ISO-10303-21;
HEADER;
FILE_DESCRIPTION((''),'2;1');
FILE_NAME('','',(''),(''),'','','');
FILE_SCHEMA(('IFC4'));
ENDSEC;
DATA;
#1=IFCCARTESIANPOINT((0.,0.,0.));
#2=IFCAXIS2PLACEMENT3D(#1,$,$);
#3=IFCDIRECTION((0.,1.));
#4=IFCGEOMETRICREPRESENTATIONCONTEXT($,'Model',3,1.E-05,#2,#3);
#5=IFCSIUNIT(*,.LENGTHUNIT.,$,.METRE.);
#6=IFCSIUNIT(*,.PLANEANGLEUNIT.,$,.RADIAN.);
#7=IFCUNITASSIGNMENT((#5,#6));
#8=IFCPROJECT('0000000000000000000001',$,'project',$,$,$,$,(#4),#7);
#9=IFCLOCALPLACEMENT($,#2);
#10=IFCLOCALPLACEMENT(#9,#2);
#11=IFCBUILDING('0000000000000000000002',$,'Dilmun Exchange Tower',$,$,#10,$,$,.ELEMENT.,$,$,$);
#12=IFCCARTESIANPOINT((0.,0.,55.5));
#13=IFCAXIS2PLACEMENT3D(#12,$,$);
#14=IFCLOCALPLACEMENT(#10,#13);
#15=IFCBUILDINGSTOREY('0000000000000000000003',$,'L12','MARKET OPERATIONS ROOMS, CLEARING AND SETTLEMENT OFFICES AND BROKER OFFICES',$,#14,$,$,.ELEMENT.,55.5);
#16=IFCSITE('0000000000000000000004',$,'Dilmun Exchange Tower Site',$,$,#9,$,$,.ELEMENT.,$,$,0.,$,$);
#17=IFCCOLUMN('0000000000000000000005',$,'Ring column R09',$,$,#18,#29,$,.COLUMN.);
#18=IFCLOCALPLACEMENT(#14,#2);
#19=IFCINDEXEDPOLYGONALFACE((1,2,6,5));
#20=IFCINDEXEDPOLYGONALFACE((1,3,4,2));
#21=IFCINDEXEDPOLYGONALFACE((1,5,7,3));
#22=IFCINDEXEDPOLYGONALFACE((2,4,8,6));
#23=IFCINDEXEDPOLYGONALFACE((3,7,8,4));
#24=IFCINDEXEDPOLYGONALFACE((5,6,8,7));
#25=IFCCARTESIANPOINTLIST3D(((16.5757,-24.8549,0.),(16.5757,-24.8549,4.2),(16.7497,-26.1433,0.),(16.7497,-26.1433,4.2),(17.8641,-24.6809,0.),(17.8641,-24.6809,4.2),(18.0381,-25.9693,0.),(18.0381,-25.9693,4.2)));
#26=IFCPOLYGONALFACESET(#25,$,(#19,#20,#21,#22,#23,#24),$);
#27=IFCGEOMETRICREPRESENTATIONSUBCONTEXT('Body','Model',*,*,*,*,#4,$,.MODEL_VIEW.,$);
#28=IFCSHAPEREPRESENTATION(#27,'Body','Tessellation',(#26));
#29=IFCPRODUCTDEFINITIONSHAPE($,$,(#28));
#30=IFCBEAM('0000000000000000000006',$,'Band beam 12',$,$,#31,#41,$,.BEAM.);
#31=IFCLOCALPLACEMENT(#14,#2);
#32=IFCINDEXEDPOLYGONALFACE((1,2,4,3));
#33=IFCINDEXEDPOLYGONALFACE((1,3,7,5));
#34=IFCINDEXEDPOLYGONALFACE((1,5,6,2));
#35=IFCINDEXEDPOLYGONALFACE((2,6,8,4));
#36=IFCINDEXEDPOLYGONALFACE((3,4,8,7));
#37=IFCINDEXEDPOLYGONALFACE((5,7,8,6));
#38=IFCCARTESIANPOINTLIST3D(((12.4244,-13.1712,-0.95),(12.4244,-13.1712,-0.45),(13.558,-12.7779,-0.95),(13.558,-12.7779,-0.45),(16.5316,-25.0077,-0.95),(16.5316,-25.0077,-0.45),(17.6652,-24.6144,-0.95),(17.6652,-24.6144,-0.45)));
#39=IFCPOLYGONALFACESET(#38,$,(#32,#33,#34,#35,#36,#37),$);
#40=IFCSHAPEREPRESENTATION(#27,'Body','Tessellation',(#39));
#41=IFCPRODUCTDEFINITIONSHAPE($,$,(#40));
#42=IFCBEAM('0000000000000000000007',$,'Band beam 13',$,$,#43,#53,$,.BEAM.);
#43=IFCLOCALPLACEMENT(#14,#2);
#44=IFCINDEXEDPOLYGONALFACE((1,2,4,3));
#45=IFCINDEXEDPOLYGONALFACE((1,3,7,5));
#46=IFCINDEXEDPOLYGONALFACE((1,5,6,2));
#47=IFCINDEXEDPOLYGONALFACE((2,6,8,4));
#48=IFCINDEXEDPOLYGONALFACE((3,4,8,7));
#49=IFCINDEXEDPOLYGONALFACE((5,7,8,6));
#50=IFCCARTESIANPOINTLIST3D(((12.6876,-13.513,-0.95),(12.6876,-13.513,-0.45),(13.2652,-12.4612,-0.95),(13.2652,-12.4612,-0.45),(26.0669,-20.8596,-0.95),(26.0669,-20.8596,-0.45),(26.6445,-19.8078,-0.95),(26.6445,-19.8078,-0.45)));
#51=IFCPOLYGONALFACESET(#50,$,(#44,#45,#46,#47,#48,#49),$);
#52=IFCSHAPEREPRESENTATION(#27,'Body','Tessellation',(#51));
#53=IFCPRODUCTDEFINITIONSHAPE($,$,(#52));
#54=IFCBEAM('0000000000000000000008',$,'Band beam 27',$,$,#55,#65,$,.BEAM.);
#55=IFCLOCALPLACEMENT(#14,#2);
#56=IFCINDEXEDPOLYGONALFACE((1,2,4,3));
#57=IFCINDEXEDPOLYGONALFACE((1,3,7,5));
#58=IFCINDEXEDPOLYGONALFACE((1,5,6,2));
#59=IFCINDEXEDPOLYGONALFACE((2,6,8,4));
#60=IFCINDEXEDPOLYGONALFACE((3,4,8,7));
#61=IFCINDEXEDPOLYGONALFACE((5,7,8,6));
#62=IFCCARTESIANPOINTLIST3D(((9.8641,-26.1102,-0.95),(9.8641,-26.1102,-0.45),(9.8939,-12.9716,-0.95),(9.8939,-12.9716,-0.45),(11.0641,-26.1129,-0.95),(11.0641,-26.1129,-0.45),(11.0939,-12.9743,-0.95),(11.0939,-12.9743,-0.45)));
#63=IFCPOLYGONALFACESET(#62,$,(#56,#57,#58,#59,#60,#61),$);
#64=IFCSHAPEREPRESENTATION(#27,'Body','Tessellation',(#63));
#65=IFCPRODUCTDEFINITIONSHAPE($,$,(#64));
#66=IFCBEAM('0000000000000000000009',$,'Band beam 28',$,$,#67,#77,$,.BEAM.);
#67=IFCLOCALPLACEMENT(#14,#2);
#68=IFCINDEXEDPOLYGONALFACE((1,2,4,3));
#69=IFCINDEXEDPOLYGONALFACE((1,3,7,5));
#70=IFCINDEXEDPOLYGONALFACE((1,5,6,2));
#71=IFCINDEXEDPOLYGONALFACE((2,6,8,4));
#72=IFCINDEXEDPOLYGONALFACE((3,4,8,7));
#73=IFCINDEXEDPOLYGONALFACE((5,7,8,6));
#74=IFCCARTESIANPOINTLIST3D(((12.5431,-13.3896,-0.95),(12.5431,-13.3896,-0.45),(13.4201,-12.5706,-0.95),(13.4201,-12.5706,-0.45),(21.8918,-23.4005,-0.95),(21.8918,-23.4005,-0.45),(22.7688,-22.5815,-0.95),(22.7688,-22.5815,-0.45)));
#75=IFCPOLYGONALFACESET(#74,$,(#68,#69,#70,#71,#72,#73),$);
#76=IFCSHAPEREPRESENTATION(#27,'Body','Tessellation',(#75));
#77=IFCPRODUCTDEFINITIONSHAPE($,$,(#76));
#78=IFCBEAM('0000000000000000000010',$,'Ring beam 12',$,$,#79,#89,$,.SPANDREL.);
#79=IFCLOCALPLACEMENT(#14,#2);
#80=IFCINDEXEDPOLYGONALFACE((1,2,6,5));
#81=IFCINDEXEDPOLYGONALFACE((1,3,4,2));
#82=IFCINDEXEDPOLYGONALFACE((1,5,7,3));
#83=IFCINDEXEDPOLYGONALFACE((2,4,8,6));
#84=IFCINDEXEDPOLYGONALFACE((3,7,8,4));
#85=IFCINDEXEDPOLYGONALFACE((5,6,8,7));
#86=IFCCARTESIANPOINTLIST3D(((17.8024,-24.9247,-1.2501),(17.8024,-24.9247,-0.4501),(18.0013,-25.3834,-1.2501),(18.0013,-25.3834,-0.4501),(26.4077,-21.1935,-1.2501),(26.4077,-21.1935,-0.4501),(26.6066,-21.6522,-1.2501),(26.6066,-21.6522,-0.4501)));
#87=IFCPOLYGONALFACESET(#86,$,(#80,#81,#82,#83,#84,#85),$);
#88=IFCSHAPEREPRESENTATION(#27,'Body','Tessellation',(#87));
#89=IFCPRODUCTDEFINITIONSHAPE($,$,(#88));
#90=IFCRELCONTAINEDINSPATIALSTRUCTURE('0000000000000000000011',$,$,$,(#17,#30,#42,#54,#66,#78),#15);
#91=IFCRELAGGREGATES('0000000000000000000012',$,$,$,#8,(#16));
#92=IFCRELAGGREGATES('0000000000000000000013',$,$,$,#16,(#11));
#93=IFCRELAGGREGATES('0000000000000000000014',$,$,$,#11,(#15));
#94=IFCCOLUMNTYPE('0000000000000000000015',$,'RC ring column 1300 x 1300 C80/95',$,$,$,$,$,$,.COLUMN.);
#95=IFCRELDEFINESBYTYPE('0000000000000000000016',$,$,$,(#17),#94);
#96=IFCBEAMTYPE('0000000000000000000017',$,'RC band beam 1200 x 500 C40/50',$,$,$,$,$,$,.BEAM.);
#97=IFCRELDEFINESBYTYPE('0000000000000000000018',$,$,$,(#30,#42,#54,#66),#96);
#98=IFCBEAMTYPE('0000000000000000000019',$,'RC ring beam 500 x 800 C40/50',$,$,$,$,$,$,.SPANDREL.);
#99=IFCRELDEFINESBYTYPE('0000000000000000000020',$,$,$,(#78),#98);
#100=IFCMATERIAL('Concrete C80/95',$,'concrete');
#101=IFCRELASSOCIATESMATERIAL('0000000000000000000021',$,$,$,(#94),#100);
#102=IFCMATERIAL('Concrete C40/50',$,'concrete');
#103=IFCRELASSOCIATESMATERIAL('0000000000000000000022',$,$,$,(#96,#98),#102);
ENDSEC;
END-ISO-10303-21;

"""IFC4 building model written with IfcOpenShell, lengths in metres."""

from ifc_helpers import new_model, si_unit, direction, frame, origin, origin_2d, place, context, subcontext, project, spatial, rectangle, extrude, material, material_profile, profile_set, type_object, element, save


model = new_model("IFC4")

# Units and contexts
model_context = context("Model", 3, precision=1e-05, world=origin(), true_north=direction((0.0, 1.0)))
body_context = subcontext(model_context, "Body", "Model", "MODEL_VIEW")
ifc_project = project(units=[si_unit("LENGTHUNIT", "METRE"), si_unit("PLANEANGLEUNIT", "RADIAN")], contexts=[model_context])

# Site, building, storey
site_placement = place(None, origin())
site = spatial("IfcSite", under=ifc_project, at=site_placement, Name="Dilmun Exchange Tower Site", CompositionType="ELEMENT", RefElevation=0.0)
building_placement = place(site_placement, origin())
building = spatial("IfcBuilding", under=site, at=building_placement, Name="Dilmun Exchange Tower", CompositionType="ELEMENT")
storey_placement = place(building_placement, frame((0.0, 0.0, 55.5)))
storey = spatial("IfcBuildingStorey", under=building, at=storey_placement, Name="L12", Description="MARKET OPERATIONS ROOMS, CLEARING AND SETTLEMENT OFFICES AND BROKER OFFICES", CompositionType="ELEMENT", Elevation=55.5)

# Column
ifc_material_1 = material(Name="Concrete C80/95", Category="concrete")
ifc_material_profile_1 = material_profile(ifc_material_1, rectangle(XDim=1.3, YDim=1.3, at=origin_2d()), Name="1300 x 1300")
ifc_profile_set_1 = profile_set([ifc_material_profile_1], Name="Concrete C80/95")
column_type = type_object("IfcColumnType", Name="RC ring column 1300 x 1300 C80/95", PredefinedType="COLUMN", material=ifc_profile_set_1)
column_placement = place(storey_placement, frame((17.3069, -25.4121, 0.0), z_axis=(0.0, 0.0, 1.0), x_axis=(0.991001, 0.133853, 0.0)))
element("IfcColumn", 1, at=column_placement, inside=storey, type_object=column_type, Name="Ring column R09", PredefinedType="COLUMN", context=body_context, shape_type="SweptSolid", body=[
    extrude(rectangle(XDim=1.3, YDim=1.3, at=origin_2d()), origin(), (0.0, 0.0, 1.0), 4.2),
])

# Beams
ifc_material_2 = material(Name="Concrete C40/50", Category="concrete")
ifc_material_profile_2 = material_profile(ifc_material_2, rectangle(XDim=1.2, YDim=0.5, at=origin_2d()), Name="1200 x 500")
ifc_profile_set_2 = profile_set([ifc_material_profile_2], Name="Concrete C40/50")
beam_type_1 = type_object("IfcBeamType", Name="RC band beam 1200 x 500 C40/50", PredefinedType="BEAM", material=ifc_profile_set_2)
beam_1_placement = place(storey_placement, frame((17.0984, -24.811, -0.7), z_axis=(-0.32782, 0.94474, 0.0), x_axis=(-0.94474, -0.32782, 0.0)))
element("IfcBeam", 2, at=beam_1_placement, inside=storey, type_object=beam_type_1, Name="Band beam 12", PredefinedType="BEAM", context=body_context, shape_type="SweptSolid", body=[
    extrude(rectangle(XDim=1.2, YDim=0.5, at=origin_2d()), origin(), (0.0, 0.0, 1.0), 12.5288),
])
beam_2_placement = place(storey_placement, frame((26.3557, -20.3337, -0.7), z_axis=(-0.876547, 0.481316, 0.0), x_axis=(-0.481316, -0.876547, 0.0)))
element("IfcBeam", 3, at=beam_2_placement, inside=storey, type_object=beam_type_1, Name="Band beam 13", PredefinedType="BEAM", context=body_context, shape_type="SweptSolid", body=[
    extrude(rectangle(XDim=1.2, YDim=0.5, at=origin_2d()), origin(), (0.0, 0.0, 1.0), 15.2637),
])
beam_3_placement = place(storey_placement, frame((10.4641, -26.1116, -0.7), z_axis=(0.002267, 0.999997, 0.0), x_axis=(-0.999997, 0.002267, 0.0)))
element("IfcBeam", 4, at=beam_3_placement, inside=storey, type_object=beam_type_1, Name="Band beam 27", PredefinedType="BEAM", context=body_context, shape_type="SweptSolid", body=[
    extrude(rectangle(XDim=1.2, YDim=0.5, at=origin_2d()), origin(), (0.0, 0.0, 1.0), 13.1387),
])
beam_4_placement = place(storey_placement, frame((22.3303, -22.991, -0.7), z_axis=(-0.682524, 0.730863, 0.0), x_axis=(-0.730863, -0.682524, 0.0)))
element("IfcBeam", 5, at=beam_4_placement, inside=storey, type_object=beam_type_1, Name="Band beam 28", PredefinedType="BEAM", context=body_context, shape_type="SweptSolid", body=[
    extrude(rectangle(XDim=1.2, YDim=0.5, at=origin_2d()), origin(), (0.0, 0.0, 1.0), 13.6973),
])
ifc_material_profile_3 = material_profile(ifc_material_2, rectangle(XDim=0.5, YDim=0.8, at=origin_2d()), Name="500 x 800")
ifc_profile_set_3 = profile_set([ifc_material_profile_3], Name="Concrete C40/50")
beam_type_2 = type_object("IfcBeamType", Name="RC ring beam 500 x 800 C40/50", PredefinedType="SPANDREL", material=ifc_profile_set_3)
beam_5_placement = place(storey_placement, frame((17.9019, -25.1541, -0.8501), z_axis=(0.917467, 0.397811, 0.0), x_axis=(-0.397811, 0.917467, 0.0)))
element("IfcBeam", 6, at=beam_5_placement, inside=storey, type_object=beam_type_2, Name="Ring beam 12", PredefinedType="SPANDREL", context=body_context, shape_type="SweptSolid", body=[
    extrude(rectangle(XDim=0.5, YDim=0.8, at=origin_2d()), origin(), (0.0, 0.0, 1.0), 9.3794),
])

save(model, "model.ifc")
